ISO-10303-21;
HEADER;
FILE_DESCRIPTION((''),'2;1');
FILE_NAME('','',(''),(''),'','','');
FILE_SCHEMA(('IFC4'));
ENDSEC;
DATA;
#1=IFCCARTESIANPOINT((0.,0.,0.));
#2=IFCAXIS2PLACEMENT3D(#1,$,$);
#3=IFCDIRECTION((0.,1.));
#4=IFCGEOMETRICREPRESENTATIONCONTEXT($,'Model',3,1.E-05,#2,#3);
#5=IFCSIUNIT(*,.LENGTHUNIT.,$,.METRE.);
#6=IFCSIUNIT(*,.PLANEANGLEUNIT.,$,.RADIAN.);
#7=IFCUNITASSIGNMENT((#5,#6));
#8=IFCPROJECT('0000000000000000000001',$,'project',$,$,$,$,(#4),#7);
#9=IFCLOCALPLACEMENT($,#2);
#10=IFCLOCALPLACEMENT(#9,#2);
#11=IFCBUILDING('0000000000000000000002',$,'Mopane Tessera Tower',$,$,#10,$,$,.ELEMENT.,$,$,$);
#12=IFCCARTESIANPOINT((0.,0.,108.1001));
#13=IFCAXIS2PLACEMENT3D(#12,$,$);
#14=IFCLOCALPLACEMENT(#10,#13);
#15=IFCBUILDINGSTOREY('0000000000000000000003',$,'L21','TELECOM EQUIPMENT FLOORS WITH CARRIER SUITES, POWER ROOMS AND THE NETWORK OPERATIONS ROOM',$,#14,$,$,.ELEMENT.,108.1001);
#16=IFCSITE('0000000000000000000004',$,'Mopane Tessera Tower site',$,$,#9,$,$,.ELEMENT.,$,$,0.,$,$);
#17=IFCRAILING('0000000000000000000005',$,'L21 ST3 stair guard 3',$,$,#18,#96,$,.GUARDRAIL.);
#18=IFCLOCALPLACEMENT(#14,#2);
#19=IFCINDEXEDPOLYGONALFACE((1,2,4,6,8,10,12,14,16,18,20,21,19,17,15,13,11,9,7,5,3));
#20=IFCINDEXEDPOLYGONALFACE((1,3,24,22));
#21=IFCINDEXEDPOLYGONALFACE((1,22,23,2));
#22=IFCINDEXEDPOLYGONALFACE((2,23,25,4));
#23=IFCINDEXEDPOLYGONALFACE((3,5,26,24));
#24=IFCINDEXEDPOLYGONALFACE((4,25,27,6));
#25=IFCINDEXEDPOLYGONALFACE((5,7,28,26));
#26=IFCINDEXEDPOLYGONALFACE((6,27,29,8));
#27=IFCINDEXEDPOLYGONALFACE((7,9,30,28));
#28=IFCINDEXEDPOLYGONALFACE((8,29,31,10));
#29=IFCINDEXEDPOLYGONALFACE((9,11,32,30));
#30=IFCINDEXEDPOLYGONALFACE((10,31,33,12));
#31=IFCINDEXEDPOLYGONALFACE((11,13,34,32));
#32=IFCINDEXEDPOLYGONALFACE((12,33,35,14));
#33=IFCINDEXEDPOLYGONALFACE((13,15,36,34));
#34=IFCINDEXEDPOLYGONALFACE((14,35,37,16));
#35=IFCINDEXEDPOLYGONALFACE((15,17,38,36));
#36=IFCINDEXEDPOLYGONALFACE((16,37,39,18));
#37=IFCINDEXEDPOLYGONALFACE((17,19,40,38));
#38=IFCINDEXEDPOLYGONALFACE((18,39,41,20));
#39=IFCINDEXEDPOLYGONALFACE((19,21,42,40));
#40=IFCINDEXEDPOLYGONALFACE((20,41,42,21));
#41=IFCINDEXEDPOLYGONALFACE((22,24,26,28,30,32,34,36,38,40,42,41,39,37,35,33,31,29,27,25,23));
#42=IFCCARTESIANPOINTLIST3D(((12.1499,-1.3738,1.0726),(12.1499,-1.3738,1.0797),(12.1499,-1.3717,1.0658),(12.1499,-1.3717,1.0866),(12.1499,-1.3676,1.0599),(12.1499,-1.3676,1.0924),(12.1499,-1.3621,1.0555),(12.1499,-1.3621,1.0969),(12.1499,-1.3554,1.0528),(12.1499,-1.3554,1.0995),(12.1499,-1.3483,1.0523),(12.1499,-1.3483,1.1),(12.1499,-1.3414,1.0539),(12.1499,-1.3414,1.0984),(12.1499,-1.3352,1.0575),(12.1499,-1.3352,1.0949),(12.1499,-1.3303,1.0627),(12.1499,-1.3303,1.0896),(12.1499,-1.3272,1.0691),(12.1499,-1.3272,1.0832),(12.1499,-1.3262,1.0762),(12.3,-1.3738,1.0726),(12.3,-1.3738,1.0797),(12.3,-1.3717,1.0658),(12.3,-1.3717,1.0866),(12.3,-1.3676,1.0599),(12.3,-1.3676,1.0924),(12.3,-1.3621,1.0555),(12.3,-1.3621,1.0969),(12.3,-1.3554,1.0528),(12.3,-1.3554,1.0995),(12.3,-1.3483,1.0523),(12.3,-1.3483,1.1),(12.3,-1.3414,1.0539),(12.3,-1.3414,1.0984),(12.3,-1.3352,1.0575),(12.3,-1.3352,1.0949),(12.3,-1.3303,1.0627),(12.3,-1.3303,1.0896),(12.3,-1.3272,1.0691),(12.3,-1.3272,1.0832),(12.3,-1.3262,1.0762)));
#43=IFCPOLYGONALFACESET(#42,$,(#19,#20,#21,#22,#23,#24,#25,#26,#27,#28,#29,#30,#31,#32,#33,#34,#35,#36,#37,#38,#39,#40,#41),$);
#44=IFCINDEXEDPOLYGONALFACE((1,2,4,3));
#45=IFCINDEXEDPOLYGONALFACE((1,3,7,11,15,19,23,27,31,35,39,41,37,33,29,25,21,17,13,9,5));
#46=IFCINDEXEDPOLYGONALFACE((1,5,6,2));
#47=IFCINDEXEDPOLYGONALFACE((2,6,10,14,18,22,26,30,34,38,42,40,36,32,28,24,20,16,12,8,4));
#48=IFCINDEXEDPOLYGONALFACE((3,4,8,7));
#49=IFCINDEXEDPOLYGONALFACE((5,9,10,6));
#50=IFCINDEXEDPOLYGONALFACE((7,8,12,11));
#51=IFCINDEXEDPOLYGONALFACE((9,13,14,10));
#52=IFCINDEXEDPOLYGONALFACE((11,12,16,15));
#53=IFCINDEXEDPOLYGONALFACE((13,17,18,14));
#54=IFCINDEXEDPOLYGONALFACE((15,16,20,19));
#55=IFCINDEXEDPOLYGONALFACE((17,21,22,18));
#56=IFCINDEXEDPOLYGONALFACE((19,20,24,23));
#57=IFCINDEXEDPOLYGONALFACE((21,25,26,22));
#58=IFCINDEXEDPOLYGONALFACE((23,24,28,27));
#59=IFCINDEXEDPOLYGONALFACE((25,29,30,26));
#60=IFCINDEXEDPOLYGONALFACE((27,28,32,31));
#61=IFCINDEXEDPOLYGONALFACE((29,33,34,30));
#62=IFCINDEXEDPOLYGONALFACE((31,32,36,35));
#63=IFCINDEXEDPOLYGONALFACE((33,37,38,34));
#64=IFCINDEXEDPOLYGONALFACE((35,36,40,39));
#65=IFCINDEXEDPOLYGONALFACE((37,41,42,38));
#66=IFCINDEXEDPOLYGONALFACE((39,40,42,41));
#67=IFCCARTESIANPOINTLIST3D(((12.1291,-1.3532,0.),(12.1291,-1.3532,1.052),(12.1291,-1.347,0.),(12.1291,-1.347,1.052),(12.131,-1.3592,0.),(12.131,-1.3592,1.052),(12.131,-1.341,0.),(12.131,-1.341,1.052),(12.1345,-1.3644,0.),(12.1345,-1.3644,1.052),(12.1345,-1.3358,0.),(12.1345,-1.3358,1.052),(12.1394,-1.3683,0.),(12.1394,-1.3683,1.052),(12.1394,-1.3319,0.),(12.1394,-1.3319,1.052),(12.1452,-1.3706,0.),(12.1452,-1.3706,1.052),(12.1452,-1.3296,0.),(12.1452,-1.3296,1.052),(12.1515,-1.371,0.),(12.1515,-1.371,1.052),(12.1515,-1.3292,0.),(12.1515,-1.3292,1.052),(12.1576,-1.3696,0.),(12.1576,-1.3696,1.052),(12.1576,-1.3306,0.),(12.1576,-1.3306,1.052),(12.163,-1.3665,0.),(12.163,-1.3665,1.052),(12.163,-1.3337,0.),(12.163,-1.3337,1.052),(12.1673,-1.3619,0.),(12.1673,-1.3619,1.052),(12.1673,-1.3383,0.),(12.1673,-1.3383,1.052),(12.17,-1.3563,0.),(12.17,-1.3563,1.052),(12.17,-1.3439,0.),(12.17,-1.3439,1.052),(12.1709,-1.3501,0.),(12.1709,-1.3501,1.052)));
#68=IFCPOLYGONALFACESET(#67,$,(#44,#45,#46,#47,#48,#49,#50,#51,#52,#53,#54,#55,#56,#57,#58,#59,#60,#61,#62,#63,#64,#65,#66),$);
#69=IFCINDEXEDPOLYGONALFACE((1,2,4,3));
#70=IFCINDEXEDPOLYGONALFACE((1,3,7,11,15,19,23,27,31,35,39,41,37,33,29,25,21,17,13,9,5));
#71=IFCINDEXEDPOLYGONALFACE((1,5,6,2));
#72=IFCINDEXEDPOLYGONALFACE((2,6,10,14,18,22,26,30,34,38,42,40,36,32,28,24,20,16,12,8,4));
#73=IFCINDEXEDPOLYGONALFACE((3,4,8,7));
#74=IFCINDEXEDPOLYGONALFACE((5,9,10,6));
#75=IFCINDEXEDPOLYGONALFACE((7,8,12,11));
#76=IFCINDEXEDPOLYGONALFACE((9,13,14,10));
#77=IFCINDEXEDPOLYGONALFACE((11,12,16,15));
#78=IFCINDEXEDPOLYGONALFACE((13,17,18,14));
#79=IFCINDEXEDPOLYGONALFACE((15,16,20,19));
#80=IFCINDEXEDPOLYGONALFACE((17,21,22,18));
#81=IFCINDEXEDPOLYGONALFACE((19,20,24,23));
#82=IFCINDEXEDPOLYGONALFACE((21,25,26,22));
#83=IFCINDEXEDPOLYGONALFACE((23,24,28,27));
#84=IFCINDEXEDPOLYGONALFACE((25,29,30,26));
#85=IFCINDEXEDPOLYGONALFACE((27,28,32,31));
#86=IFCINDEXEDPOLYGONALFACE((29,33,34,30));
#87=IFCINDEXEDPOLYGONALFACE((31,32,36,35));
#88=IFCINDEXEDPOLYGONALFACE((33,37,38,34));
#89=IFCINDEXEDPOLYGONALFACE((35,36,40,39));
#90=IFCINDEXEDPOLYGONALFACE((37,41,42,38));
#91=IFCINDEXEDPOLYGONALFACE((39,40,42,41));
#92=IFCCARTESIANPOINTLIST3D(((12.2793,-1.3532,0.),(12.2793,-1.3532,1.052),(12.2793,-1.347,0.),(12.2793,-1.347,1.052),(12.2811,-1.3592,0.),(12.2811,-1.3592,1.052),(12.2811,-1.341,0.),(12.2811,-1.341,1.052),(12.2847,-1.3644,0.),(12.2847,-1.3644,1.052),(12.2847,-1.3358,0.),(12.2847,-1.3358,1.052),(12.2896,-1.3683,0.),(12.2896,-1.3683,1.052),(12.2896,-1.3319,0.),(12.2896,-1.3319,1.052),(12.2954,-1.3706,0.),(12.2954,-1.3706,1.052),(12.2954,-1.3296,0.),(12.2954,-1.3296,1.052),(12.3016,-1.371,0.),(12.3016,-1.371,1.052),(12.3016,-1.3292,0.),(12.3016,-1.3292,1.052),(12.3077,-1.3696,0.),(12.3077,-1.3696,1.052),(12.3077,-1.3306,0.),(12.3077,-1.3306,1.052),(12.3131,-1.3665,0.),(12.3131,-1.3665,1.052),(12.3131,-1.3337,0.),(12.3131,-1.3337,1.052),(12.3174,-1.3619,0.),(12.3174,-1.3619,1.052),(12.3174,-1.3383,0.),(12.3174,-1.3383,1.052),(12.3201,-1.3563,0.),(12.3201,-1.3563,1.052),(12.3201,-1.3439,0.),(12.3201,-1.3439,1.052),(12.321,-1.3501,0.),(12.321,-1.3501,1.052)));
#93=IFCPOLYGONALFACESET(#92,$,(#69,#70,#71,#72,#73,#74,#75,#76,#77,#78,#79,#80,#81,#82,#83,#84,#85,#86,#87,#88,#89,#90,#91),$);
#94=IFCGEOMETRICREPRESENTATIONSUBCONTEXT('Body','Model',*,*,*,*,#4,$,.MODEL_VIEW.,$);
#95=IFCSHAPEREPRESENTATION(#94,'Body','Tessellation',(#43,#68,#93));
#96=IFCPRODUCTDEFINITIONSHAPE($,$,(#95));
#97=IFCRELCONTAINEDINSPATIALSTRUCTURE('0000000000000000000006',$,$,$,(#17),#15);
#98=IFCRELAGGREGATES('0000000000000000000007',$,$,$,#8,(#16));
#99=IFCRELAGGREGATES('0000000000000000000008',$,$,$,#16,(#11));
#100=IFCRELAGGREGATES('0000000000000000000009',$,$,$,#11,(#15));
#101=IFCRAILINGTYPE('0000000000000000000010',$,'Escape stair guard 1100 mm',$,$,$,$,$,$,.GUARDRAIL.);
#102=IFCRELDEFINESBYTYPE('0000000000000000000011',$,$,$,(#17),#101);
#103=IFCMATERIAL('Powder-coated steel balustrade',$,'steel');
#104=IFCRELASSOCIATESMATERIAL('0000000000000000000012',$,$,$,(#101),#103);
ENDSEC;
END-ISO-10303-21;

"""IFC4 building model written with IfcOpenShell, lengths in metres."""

from ifc_helpers import new_model, si_unit, direction, frame, origin, origin_2d, place, context, subcontext, project, spatial, circle, extrude, material, type_object, element, save


model = new_model("IFC4")

# Units and contexts
model_context = context("Model", 3, precision=1e-05, world=origin(), true_north=direction((0.0, 1.0)))
body_context = subcontext(model_context, "Body", "Model", "MODEL_VIEW")
ifc_project = project(units=[si_unit("LENGTHUNIT", "METRE"), si_unit("PLANEANGLEUNIT", "RADIAN")], contexts=[model_context])

# Site, building, storey
site_placement = place(None, origin())
site = spatial("IfcSite", under=ifc_project, at=site_placement, Name="Mopane Tessera Tower site", CompositionType="ELEMENT", RefElevation=0.0)
building_placement = place(site_placement, origin())
building = spatial("IfcBuilding", under=site, at=building_placement, Name="Mopane Tessera Tower", CompositionType="ELEMENT")
storey_placement = place(building_placement, frame((0.0, 0.0, 108.1001)))
storey = spatial("IfcBuildingStorey", under=building, at=storey_placement, Name="L21", Description="TELECOM EQUIPMENT FLOORS WITH CARRIER SUITES, POWER ROOMS AND THE NETWORK OPERATIONS ROOM", CompositionType="ELEMENT", Elevation=108.1001)

# Railing
ifc_material_1 = material(Name="Powder-coated steel balustrade", Category="steel")
railing_type_1 = type_object("IfcRailingType", Name="Escape stair guard 1100 mm", PredefinedType="GUARDRAIL", material=ifc_material_1)
railing_1_placement = place(storey_placement, frame((12.1499, -1.3501, 0.0)))
element("IfcRailing", 1, at=railing_1_placement, inside=storey, type_object=railing_type_1, Name="L21 ST3 stair guard 3", PredefinedType="GUARDRAIL", context=body_context, shape_type="SweptSolid", body=[
    extrude(circle(Radius=0.0239, at=origin_2d()), frame((0.0, 0.0, 1.0762), z_axis=(1.0, 0.0, 0.0), x_axis=(0.0, 1.0, 0.0)), (0.0, 0.0, 1.0), 0.1501),
    extrude(circle(Radius=0.021, at=origin_2d()), origin(), (0.0, 0.0, 1.0), 1.052),
    extrude(circle(Radius=0.021, at=origin_2d()), frame((0.1501, 0.0, 0.0)), (0.0, 0.0, 1.0), 1.052),
])

save(model, "model.ifc")
